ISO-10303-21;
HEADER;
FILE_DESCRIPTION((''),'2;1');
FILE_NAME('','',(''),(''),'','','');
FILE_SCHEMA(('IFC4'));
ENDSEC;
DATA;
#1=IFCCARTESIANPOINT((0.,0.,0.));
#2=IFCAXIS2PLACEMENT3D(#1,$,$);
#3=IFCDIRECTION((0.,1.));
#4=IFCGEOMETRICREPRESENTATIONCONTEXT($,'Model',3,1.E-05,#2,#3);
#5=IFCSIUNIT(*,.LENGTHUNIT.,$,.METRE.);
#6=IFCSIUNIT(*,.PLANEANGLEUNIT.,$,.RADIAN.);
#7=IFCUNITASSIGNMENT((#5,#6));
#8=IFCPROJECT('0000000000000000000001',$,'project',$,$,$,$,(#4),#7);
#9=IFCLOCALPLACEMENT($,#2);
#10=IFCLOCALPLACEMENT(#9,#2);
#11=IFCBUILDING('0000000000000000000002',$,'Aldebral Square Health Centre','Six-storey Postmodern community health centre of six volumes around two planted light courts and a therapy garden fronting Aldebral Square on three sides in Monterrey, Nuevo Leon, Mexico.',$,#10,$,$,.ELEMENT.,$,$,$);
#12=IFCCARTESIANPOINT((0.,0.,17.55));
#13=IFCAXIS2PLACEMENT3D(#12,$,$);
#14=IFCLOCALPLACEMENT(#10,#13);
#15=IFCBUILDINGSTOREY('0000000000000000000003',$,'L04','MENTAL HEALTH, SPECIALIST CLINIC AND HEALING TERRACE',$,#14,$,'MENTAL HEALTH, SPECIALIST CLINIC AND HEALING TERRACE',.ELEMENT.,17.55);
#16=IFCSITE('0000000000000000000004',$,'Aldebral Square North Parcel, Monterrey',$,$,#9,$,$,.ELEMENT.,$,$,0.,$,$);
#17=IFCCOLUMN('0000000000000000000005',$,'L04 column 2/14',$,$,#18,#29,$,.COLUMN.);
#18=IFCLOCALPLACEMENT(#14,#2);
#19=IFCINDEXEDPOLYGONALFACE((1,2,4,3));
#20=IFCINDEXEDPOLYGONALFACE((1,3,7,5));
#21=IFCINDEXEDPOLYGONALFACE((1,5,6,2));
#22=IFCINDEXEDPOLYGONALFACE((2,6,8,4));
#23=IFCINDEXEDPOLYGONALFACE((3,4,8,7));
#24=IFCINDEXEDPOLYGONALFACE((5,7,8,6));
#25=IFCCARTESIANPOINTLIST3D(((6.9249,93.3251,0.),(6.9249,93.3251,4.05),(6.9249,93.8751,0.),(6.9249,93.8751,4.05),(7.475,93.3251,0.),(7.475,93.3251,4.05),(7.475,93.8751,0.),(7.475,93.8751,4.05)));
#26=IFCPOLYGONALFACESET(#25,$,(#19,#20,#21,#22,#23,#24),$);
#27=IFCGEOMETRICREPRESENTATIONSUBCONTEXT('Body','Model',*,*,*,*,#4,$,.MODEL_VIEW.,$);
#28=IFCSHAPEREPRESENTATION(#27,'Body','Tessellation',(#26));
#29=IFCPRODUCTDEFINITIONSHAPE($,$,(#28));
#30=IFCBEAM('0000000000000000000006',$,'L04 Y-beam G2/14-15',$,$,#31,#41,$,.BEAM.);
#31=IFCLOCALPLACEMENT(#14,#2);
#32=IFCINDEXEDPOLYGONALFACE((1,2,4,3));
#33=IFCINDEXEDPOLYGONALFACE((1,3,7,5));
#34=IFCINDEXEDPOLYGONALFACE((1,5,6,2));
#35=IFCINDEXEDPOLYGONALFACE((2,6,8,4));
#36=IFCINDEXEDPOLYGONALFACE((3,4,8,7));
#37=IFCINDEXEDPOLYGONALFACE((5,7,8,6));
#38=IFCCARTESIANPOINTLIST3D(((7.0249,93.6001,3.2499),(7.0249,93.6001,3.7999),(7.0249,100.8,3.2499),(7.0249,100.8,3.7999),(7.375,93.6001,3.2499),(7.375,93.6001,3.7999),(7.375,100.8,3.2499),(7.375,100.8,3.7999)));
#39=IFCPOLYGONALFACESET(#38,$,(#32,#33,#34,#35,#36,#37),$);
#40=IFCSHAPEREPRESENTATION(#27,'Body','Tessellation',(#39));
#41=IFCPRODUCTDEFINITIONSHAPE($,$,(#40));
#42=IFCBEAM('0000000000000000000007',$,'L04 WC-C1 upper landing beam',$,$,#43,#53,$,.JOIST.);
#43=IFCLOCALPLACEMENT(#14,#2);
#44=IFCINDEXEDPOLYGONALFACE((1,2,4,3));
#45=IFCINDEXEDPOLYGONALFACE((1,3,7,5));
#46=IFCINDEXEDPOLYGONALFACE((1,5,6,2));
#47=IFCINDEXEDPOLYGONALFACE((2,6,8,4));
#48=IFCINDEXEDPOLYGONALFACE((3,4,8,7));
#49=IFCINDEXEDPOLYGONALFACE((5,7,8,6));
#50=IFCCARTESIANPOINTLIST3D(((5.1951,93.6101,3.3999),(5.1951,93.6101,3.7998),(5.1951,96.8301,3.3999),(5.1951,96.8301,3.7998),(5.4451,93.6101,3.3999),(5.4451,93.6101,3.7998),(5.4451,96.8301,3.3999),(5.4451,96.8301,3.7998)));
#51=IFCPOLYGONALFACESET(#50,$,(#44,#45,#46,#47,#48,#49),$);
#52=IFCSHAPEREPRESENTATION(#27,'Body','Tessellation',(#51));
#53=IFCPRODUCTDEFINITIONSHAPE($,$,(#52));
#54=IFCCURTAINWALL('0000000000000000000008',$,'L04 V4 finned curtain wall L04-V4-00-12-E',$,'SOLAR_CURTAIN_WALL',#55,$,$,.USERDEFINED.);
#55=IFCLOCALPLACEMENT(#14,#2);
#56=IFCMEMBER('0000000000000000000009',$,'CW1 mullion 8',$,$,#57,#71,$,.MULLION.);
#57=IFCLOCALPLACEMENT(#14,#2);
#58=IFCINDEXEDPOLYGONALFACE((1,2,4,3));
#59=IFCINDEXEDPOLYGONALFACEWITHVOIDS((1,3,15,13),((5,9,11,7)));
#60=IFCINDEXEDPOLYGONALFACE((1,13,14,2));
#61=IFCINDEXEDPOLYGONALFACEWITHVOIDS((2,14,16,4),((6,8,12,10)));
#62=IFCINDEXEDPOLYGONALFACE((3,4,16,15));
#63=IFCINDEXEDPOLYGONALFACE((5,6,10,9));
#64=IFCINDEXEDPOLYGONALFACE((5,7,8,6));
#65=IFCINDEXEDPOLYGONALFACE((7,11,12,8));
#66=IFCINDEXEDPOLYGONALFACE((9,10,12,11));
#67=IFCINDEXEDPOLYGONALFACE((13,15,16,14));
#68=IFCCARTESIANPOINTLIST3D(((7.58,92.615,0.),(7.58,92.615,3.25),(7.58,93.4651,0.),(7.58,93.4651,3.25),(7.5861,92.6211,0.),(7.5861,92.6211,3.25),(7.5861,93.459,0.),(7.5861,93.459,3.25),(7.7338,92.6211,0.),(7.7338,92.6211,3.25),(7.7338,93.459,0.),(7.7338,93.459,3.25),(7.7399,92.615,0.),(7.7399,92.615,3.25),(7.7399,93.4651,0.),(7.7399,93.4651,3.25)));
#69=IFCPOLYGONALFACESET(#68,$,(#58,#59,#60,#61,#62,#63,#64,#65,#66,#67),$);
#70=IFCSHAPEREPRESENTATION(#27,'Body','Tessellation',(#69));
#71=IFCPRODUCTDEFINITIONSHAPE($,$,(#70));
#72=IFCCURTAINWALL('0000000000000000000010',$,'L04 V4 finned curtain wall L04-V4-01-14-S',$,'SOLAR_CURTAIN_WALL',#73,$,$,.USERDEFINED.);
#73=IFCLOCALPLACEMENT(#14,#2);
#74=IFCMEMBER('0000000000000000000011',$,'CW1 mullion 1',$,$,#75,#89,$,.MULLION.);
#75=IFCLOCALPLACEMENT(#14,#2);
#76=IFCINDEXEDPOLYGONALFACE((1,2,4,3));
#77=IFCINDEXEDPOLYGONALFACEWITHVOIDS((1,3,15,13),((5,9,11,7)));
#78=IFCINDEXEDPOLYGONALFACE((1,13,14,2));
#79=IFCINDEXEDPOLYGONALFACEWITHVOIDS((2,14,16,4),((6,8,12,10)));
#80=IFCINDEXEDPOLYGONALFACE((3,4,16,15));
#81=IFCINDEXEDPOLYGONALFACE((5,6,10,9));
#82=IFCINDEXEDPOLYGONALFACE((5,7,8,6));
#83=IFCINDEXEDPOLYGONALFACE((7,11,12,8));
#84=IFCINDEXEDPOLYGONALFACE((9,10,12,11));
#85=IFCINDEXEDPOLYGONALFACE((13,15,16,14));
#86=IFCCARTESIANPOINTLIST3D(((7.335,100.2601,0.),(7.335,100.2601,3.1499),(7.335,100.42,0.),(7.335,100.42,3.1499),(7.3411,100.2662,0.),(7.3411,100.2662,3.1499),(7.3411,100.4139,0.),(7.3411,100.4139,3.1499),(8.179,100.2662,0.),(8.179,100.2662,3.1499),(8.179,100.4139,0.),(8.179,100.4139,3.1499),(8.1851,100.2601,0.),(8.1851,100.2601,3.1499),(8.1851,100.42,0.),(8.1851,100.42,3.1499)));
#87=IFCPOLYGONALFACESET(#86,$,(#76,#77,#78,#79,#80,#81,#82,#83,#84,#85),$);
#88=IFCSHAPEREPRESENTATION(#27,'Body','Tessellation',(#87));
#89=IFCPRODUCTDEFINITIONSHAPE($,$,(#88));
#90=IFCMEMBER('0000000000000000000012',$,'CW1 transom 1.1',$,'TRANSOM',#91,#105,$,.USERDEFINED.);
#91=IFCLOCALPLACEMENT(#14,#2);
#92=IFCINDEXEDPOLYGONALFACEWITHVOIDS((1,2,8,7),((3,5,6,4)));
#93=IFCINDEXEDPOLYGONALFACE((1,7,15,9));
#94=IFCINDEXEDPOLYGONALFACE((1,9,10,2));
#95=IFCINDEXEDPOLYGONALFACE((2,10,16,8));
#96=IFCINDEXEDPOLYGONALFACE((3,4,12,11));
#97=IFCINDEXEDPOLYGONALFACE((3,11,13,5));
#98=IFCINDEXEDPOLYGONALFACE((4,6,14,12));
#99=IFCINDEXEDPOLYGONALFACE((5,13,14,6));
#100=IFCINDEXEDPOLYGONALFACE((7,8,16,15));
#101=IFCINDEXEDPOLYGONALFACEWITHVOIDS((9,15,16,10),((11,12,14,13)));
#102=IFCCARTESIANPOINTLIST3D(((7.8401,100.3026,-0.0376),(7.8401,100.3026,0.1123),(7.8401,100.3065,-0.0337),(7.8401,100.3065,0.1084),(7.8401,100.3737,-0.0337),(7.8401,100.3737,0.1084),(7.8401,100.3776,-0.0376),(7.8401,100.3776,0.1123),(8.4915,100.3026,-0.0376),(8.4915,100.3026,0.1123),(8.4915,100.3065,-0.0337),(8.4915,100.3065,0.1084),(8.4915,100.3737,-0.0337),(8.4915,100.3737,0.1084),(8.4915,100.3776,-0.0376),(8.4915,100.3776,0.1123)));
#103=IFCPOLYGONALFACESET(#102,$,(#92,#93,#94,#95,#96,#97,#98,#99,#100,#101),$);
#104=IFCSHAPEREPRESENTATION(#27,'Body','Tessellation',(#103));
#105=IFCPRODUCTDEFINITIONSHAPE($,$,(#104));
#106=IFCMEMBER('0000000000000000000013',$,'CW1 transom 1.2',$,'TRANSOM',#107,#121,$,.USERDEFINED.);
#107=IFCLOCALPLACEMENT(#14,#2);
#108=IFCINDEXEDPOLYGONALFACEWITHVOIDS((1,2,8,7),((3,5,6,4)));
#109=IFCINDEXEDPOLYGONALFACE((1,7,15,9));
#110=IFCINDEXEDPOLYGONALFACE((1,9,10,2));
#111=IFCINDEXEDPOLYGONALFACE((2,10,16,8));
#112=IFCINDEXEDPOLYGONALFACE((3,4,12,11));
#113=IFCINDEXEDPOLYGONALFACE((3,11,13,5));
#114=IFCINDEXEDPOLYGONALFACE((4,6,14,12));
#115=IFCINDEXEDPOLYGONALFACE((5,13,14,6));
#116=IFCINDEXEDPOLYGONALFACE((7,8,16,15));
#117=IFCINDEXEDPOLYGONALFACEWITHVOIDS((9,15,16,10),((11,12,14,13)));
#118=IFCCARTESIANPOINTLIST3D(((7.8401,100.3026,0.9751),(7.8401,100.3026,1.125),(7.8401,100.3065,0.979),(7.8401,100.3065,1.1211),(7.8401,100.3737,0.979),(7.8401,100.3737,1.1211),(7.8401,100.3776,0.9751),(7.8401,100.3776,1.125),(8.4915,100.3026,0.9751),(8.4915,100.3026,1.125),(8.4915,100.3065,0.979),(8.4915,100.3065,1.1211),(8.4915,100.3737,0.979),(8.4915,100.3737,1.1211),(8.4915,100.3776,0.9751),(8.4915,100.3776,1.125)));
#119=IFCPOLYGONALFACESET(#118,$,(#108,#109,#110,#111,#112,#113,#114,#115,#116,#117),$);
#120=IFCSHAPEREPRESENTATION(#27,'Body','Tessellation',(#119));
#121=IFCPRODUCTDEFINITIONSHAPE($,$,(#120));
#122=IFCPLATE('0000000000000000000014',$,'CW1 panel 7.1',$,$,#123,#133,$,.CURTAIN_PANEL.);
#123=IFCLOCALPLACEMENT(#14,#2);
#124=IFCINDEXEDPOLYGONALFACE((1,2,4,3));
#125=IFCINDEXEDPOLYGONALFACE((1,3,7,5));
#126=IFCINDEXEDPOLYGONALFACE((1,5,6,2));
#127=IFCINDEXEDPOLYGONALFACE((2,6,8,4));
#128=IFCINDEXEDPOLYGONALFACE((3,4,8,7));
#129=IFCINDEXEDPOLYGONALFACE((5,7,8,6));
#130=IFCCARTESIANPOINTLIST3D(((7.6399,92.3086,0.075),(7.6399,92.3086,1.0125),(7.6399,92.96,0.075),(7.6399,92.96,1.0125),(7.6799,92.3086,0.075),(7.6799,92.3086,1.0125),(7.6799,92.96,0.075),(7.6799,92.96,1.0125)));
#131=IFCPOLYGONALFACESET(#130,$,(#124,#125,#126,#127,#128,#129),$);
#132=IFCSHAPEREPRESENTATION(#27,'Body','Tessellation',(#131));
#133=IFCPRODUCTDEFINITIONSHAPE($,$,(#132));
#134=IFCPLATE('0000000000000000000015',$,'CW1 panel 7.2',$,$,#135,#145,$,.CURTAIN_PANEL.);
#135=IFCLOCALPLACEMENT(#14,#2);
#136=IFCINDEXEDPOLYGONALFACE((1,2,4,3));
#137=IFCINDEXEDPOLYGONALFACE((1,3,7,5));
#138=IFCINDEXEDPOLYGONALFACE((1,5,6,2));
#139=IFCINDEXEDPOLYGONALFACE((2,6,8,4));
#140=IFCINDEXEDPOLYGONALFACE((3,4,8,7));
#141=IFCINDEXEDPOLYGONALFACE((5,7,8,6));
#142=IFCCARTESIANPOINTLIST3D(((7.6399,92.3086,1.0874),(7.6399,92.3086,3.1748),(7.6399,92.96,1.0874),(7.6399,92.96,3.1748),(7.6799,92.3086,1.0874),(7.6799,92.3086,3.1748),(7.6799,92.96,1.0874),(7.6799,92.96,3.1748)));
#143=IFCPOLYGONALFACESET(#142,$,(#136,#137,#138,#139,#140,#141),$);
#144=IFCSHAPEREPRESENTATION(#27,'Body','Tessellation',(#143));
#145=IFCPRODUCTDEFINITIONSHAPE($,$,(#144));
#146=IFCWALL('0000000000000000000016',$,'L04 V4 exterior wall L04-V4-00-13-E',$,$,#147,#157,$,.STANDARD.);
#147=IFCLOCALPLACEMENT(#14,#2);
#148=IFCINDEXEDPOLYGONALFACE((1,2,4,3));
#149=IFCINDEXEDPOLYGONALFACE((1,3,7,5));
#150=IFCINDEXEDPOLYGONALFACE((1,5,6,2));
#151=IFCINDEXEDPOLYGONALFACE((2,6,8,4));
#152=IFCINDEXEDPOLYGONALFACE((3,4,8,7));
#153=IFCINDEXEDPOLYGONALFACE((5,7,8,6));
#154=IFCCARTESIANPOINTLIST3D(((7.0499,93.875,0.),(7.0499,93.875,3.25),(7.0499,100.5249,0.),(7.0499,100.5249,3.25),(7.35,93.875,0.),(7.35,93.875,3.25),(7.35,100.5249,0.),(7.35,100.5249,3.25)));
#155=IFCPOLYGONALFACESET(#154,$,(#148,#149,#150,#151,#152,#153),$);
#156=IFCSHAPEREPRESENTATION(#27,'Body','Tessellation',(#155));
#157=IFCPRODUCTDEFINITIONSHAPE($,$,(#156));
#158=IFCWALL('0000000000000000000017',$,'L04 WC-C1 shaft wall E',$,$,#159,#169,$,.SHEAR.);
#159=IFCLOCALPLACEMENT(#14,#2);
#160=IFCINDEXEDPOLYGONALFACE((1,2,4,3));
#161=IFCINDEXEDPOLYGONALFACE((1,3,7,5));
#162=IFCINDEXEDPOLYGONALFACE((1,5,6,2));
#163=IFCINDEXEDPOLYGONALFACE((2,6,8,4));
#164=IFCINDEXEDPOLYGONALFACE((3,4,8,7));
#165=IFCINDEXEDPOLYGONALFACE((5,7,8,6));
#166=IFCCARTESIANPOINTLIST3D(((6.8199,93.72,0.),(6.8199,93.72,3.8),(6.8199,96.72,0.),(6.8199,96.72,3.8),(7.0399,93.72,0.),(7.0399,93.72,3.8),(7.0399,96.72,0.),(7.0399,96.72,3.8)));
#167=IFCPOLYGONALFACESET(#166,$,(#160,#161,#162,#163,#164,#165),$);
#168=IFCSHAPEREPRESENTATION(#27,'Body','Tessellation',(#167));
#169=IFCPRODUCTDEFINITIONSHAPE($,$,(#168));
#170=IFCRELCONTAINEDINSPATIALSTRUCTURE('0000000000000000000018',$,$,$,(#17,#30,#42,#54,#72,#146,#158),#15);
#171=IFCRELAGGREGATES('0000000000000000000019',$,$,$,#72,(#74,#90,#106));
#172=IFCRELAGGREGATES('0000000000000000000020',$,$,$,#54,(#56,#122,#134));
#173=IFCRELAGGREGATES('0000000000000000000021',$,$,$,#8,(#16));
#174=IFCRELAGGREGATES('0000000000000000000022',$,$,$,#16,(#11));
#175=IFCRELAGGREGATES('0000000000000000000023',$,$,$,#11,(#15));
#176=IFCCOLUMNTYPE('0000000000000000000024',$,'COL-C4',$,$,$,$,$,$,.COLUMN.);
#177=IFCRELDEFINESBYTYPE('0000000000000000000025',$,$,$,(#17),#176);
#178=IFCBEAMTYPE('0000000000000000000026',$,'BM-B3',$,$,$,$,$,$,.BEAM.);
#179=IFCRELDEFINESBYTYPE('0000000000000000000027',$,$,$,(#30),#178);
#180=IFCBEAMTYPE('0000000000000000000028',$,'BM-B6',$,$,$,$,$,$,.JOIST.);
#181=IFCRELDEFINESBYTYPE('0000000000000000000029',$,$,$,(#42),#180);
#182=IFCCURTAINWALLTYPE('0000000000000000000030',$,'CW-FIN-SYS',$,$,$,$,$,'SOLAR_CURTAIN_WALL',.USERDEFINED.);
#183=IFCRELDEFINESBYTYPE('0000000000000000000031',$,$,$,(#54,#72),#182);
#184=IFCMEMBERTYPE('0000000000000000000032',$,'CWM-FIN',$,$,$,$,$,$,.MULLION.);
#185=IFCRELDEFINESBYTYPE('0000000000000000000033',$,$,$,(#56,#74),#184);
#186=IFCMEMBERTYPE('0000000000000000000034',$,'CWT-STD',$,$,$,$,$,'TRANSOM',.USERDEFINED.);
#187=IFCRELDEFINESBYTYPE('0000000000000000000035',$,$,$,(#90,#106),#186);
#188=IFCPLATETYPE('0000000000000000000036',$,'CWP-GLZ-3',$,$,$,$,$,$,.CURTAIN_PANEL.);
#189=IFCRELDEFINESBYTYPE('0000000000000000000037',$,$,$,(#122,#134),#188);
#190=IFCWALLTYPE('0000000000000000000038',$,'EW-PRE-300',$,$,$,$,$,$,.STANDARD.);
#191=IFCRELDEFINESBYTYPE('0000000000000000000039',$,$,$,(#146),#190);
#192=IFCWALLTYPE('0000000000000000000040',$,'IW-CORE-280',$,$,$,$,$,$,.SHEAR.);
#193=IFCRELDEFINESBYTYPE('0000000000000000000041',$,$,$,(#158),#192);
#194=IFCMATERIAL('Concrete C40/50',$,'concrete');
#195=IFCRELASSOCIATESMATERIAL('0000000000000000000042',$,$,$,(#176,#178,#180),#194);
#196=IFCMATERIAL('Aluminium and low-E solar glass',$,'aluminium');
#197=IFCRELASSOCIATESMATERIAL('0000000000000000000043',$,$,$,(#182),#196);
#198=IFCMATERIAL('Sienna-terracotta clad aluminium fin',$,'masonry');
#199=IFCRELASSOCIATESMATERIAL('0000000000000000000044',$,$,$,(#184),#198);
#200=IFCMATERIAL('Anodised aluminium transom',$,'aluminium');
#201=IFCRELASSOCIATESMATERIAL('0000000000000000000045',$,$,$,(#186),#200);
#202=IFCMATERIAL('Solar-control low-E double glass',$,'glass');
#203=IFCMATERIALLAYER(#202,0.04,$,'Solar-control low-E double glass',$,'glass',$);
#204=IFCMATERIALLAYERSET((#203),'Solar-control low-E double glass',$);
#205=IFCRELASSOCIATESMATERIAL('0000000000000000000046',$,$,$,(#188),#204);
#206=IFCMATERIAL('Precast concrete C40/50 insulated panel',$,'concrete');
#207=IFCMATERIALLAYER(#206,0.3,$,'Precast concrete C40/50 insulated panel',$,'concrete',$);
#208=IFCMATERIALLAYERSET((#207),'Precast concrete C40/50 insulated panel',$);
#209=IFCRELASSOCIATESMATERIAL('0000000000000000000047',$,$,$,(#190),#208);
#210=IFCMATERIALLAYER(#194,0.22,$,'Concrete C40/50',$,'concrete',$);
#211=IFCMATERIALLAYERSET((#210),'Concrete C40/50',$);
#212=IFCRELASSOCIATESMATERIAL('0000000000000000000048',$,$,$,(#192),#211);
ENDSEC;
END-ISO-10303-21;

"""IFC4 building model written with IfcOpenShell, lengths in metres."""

from ifc_helpers import new_model, si_unit, direction, frame, frame_2d, origin, origin_2d, place, context, subcontext, project, spatial, rectangle, hollow_rectangle, extrude, material, layer, layer_set, material_profile, profile_set, type_object, element, aggregate, save


model = new_model("IFC4")

# Units and contexts
model_context = context("Model", 3, precision=1e-05, world=origin(), true_north=direction((0.0, 1.0)))
body_context = subcontext(model_context, "Body", "Model", "MODEL_VIEW")
ifc_project = project(units=[si_unit("LENGTHUNIT", "METRE"), si_unit("PLANEANGLEUNIT", "RADIAN")], contexts=[model_context])

# Site, building, storey
site_placement = place(None, origin())
site = spatial("IfcSite", under=ifc_project, at=site_placement, Name="Aldebral Square North Parcel, Monterrey", CompositionType="ELEMENT", RefElevation=0.0)
building_placement = place(site_placement, origin())
building = spatial("IfcBuilding", under=site, at=building_placement, Name="Aldebral Square Health Centre", Description="Six-storey Postmodern community health centre of six volumes around two planted light courts and a therapy garden fronting Aldebral Square on three sides in Monterrey, Nuevo Leon, Mexico.", CompositionType="ELEMENT")
storey_placement = place(building_placement, frame((0.0, 0.0, 17.55)))
storey = spatial("IfcBuildingStorey", under=building, at=storey_placement, Name="L04", Description="MENTAL HEALTH, SPECIALIST CLINIC AND HEALING TERRACE", LongName="MENTAL HEALTH, SPECIALIST CLINIC AND HEALING TERRACE", CompositionType="ELEMENT", Elevation=17.55)

# Column
ifc_material_1 = material(Name="Concrete C40/50", Category="concrete")
ifc_material_profile_1 = material_profile(ifc_material_1, rectangle(XDim=0.55, YDim=0.55, at=origin_2d()), Name="RC 550x550")
ifc_profile_set_1 = profile_set([ifc_material_profile_1], Name="Concrete C40/50")
column_type = type_object("IfcColumnType", Name="COL-C4", PredefinedType="COLUMN", material=ifc_profile_set_1)
column_placement = place(storey_placement, frame((7.2, 93.6001, 0.0), z_axis=(0.0, 0.0, 1.0), x_axis=(1.0, 0.0, 0.0)))
element("IfcColumn", 1, at=column_placement, inside=storey, type_object=column_type, Name="L04 column 2/14", PredefinedType="COLUMN", context=body_context, shape_type="SweptSolid", body=[
    extrude(rectangle(XDim=0.55, YDim=0.55, at=origin_2d()), origin(), (0.0, 0.0, 1.0), 4.05),
])

# Beams
ifc_material_profile_2 = material_profile(ifc_material_1, rectangle(XDim=0.3501, YDim=0.55, at=origin_2d()), Name="RC 350x550")
ifc_profile_set_2 = profile_set([ifc_material_profile_2], Name="Concrete C40/50")
beam_type_1 = type_object("IfcBeamType", Name="BM-B3", PredefinedType="BEAM", material=ifc_profile_set_2)
beam_1_placement = place(storey_placement, frame((7.2, 93.6001, 3.5249), z_axis=(0.0, 1.0, 0.0), x_axis=(-1.0, 0.0, 0.0)))
element("IfcBeam", 2, at=beam_1_placement, inside=storey, type_object=beam_type_1, Name="L04 Y-beam G2/14-15", PredefinedType="BEAM", context=body_context, shape_type="SweptSolid", body=[
    extrude(rectangle(XDim=0.3501, YDim=0.55, at=origin_2d()), origin(), (0.0, 0.0, 1.0), 7.2),
])
ifc_material_profile_3 = material_profile(ifc_material_1, rectangle(XDim=0.25, YDim=0.3999, at=origin_2d()), Name="RC 250x400")
ifc_profile_set_3 = profile_set([ifc_material_profile_3], Name="Concrete C40/50")
beam_type_2 = type_object("IfcBeamType", Name="BM-B6", PredefinedType="JOIST", material=ifc_profile_set_3)
beam_2_placement = place(storey_placement, frame((5.3201, 93.6101, 3.5999), z_axis=(0.0, 1.0, 0.0), x_axis=(-1.0, 0.0, 0.0)))
element("IfcBeam", 3, at=beam_2_placement, inside=storey, type_object=beam_type_2, Name="L04 WC-C1 upper landing beam", PredefinedType="JOIST", context=body_context, shape_type="SweptSolid", body=[
    extrude(rectangle(XDim=0.25, YDim=0.3999, at=origin_2d()), origin(), (0.0, 0.0, 1.0), 3.22),
])

# Curtain wall, member
ifc_material_2 = material(Name="Aluminium and low-E solar glass", Category="aluminium")
curtain_wall_type = type_object("IfcCurtainWallType", Name="CW-FIN-SYS", ElementType="SOLAR_CURTAIN_WALL", PredefinedType="USERDEFINED", material=ifc_material_2)
curtain_wall_1_placement = place(storey_placement, origin())
curtain_wall_1 = element("IfcCurtainWall", 4, at=curtain_wall_1_placement, inside=storey, type_object=curtain_wall_type, Name="L04 V4 finned curtain wall L04-V4-00-12-E", ObjectType="SOLAR_CURTAIN_WALL", PredefinedType="USERDEFINED")
ifc_material_3 = material(Name="Sienna-terracotta clad aluminium fin", Category="masonry")
ifc_material_profile_4 = material_profile(ifc_material_3, hollow_rectangle(XDim=0.1599, YDim=0.8501, WallThickness=0.0061, at=origin_2d()), Name="FIN 160x850x6")
ifc_profile_set_4 = profile_set([ifc_material_profile_4], Name="Sienna-terracotta clad aluminium fin")
member_type_1 = type_object("IfcMemberType", Name="CWM-FIN", PredefinedType="MULLION", material=ifc_profile_set_4)
member_1_placement = place(storey_placement, frame((7.6599, 93.04, 0.0), z_axis=(0.0, 0.0, 1.0), x_axis=(-1.0, 0.0, 0.0)))
member_1 = element("IfcMember", 5, at=member_1_placement, type_object=member_type_1, Name="CW1 mullion 8", PredefinedType="MULLION", context=body_context, shape_type="SweptSolid", body=[
    extrude(hollow_rectangle(XDim=0.1599, YDim=0.8501, WallThickness=0.0061, at=origin_2d()), origin(), (0.0, 0.0, 1.0), 3.25),
])

# Curtain wall, members
curtain_wall_2_placement = place(storey_placement, origin())
curtain_wall_2 = element("IfcCurtainWall", 6, at=curtain_wall_2_placement, inside=storey, type_object=curtain_wall_type, Name="L04 V4 finned curtain wall L04-V4-01-14-S", ObjectType="SOLAR_CURTAIN_WALL", PredefinedType="USERDEFINED")
member_2_placement = place(storey_placement, frame((7.76, 100.3401, 0.0), z_axis=(0.0, 0.0, 1.0), x_axis=(0.0, 1.0, 0.0)))
member_2 = element("IfcMember", 7, at=member_2_placement, type_object=member_type_1, Name="CW1 mullion 1", PredefinedType="MULLION", context=body_context, shape_type="SweptSolid", body=[
    extrude(hollow_rectangle(XDim=0.1599, YDim=0.8501, WallThickness=0.0061, at=origin_2d()), origin(), (0.0, 0.0, 1.0), 3.1499),
])
ifc_material_4 = material(Name="Anodised aluminium transom", Category="aluminium")
ifc_material_profile_5 = material_profile(ifc_material_4, hollow_rectangle(XDim=0.075, YDim=0.1499, WallThickness=0.0039, at=origin_2d()), Name="CWT 75x150x4")
ifc_profile_set_5 = profile_set([ifc_material_profile_5], Name="Anodised aluminium transom")
member_type_2 = type_object("IfcMemberType", Name="CWT-STD", ElementType="TRANSOM", PredefinedType="USERDEFINED", material=ifc_profile_set_5)
member_3_placement = place(storey_placement, frame((7.8401, 100.3401, 0.0374), z_axis=(1.0, 0.0, 0.0), x_axis=(0.0, 1.0, 0.0)))
member_3 = element("IfcMember", 8, at=member_3_placement, type_object=member_type_2, Name="CW1 transom 1.1", ObjectType="TRANSOM", PredefinedType="USERDEFINED", context=body_context, shape_type="SweptSolid", body=[
    extrude(hollow_rectangle(XDim=0.075, YDim=0.1499, WallThickness=0.0039, at=origin_2d()), origin(), (0.0, 0.0, 1.0), 0.6514),
])
member_4_placement = place(storey_placement, frame((7.8401, 100.3401, 1.05), z_axis=(1.0, 0.0, 0.0), x_axis=(0.0, 1.0, 0.0)))
member_4 = element("IfcMember", 9, at=member_4_placement, type_object=member_type_2, Name="CW1 transom 1.2", ObjectType="TRANSOM", PredefinedType="USERDEFINED", context=body_context, shape_type="SweptSolid", body=[
    extrude(hollow_rectangle(XDim=0.075, YDim=0.1499, WallThickness=0.0039, at=origin_2d()), origin(), (0.0, 0.0, 1.0), 0.6514),
])
aggregate(curtain_wall_2, [member_2, member_3, member_4])

# Plates
ifc_material_5 = material(Name="Solar-control low-E double glass", Category="glass")
ifc_layer_1 = layer(ifc_material_5, 0.04, Name="Solar-control low-E double glass", Category="glass")
ifc_layer_set_1 = layer_set([ifc_layer_1], Name="Solar-control low-E double glass")
plate_type = type_object("IfcPlateType", Name="CWP-GLZ-3", PredefinedType="CURTAIN_PANEL", material=ifc_layer_set_1)
plate_1_placement = place(storey_placement, frame((7.6599, 92.6343, 0.075), z_axis=(0.0, 0.0, 1.0), x_axis=(0.0, 1.0, 0.0)))
plate_1 = element("IfcPlate", 10, at=plate_1_placement, type_object=plate_type, Name="CW1 panel 7.1", PredefinedType="CURTAIN_PANEL", context=body_context, shape_type="SweptSolid", body=[
    extrude(rectangle(XDim=0.6514, YDim=0.04, at=origin_2d()), origin(), (0.0, 0.0, 1.0), 0.9375),
])
plate_2_placement = place(storey_placement, frame((7.6599, 92.6343, 1.0874), z_axis=(0.0, 0.0, 1.0), x_axis=(0.0, 1.0, 0.0)))
plate_2 = element("IfcPlate", 11, at=plate_2_placement, type_object=plate_type, Name="CW1 panel 7.2", PredefinedType="CURTAIN_PANEL", context=body_context, shape_type="SweptSolid", body=[
    extrude(rectangle(XDim=0.6514, YDim=0.04, at=origin_2d()), origin(), (0.0, 0.0, 1.0), 2.0874),
])
aggregate(curtain_wall_1, [member_1, plate_1, plate_2])

# Walls
ifc_material_6 = material(Name="Precast concrete C40/50 insulated panel", Category="concrete")
ifc_layer_2 = layer(ifc_material_6, 0.3, Name="Precast concrete C40/50 insulated panel", Category="concrete")
ifc_layer_set_2 = layer_set([ifc_layer_2], Name="Precast concrete C40/50 insulated panel")
wall_type_1 = type_object("IfcWallType", Name="EW-PRE-300", PredefinedType="STANDARD", material=ifc_layer_set_2)
wall_1_placement = place(storey_placement, frame((7.2, 93.875, 0.0), z_axis=(0.0, 0.0, 1.0), x_axis=(0.0, 1.0, 0.0)))
element("IfcWall", 12, at=wall_1_placement, inside=storey, type_object=wall_type_1, Name="L04 V4 exterior wall L04-V4-00-13-E", PredefinedType="STANDARD", context=body_context, shape_type="SweptSolid", body=[
    extrude(rectangle(XDim=6.6499, YDim=0.3, at=frame_2d((3.325, 0.0))), origin(), (0.0, 0.0, 1.0), 3.25),
])
ifc_layer_3 = layer(ifc_material_1, 0.22, Name="Concrete C40/50", Category="concrete")
ifc_layer_set_3 = layer_set([ifc_layer_3], Name="Concrete C40/50")
wall_type_2 = type_object("IfcWallType", Name="IW-CORE-280", PredefinedType="SHEAR", material=ifc_layer_set_3)
wall_2_placement = place(storey_placement, frame((6.9299, 93.72, 0.0), z_axis=(0.0, 0.0, 1.0), x_axis=(0.0, 1.0, 0.0)))
element("IfcWall", 13, at=wall_2_placement, inside=storey, type_object=wall_type_2, Name="L04 WC-C1 shaft wall E", PredefinedType="SHEAR", context=body_context, shape_type="SweptSolid", body=[
    extrude(rectangle(XDim=3.0, YDim=0.22, at=frame_2d((1.5, 0.0))), origin(), (0.0, 0.0, 1.0), 3.8),
])

save(model, "model.ifc")
